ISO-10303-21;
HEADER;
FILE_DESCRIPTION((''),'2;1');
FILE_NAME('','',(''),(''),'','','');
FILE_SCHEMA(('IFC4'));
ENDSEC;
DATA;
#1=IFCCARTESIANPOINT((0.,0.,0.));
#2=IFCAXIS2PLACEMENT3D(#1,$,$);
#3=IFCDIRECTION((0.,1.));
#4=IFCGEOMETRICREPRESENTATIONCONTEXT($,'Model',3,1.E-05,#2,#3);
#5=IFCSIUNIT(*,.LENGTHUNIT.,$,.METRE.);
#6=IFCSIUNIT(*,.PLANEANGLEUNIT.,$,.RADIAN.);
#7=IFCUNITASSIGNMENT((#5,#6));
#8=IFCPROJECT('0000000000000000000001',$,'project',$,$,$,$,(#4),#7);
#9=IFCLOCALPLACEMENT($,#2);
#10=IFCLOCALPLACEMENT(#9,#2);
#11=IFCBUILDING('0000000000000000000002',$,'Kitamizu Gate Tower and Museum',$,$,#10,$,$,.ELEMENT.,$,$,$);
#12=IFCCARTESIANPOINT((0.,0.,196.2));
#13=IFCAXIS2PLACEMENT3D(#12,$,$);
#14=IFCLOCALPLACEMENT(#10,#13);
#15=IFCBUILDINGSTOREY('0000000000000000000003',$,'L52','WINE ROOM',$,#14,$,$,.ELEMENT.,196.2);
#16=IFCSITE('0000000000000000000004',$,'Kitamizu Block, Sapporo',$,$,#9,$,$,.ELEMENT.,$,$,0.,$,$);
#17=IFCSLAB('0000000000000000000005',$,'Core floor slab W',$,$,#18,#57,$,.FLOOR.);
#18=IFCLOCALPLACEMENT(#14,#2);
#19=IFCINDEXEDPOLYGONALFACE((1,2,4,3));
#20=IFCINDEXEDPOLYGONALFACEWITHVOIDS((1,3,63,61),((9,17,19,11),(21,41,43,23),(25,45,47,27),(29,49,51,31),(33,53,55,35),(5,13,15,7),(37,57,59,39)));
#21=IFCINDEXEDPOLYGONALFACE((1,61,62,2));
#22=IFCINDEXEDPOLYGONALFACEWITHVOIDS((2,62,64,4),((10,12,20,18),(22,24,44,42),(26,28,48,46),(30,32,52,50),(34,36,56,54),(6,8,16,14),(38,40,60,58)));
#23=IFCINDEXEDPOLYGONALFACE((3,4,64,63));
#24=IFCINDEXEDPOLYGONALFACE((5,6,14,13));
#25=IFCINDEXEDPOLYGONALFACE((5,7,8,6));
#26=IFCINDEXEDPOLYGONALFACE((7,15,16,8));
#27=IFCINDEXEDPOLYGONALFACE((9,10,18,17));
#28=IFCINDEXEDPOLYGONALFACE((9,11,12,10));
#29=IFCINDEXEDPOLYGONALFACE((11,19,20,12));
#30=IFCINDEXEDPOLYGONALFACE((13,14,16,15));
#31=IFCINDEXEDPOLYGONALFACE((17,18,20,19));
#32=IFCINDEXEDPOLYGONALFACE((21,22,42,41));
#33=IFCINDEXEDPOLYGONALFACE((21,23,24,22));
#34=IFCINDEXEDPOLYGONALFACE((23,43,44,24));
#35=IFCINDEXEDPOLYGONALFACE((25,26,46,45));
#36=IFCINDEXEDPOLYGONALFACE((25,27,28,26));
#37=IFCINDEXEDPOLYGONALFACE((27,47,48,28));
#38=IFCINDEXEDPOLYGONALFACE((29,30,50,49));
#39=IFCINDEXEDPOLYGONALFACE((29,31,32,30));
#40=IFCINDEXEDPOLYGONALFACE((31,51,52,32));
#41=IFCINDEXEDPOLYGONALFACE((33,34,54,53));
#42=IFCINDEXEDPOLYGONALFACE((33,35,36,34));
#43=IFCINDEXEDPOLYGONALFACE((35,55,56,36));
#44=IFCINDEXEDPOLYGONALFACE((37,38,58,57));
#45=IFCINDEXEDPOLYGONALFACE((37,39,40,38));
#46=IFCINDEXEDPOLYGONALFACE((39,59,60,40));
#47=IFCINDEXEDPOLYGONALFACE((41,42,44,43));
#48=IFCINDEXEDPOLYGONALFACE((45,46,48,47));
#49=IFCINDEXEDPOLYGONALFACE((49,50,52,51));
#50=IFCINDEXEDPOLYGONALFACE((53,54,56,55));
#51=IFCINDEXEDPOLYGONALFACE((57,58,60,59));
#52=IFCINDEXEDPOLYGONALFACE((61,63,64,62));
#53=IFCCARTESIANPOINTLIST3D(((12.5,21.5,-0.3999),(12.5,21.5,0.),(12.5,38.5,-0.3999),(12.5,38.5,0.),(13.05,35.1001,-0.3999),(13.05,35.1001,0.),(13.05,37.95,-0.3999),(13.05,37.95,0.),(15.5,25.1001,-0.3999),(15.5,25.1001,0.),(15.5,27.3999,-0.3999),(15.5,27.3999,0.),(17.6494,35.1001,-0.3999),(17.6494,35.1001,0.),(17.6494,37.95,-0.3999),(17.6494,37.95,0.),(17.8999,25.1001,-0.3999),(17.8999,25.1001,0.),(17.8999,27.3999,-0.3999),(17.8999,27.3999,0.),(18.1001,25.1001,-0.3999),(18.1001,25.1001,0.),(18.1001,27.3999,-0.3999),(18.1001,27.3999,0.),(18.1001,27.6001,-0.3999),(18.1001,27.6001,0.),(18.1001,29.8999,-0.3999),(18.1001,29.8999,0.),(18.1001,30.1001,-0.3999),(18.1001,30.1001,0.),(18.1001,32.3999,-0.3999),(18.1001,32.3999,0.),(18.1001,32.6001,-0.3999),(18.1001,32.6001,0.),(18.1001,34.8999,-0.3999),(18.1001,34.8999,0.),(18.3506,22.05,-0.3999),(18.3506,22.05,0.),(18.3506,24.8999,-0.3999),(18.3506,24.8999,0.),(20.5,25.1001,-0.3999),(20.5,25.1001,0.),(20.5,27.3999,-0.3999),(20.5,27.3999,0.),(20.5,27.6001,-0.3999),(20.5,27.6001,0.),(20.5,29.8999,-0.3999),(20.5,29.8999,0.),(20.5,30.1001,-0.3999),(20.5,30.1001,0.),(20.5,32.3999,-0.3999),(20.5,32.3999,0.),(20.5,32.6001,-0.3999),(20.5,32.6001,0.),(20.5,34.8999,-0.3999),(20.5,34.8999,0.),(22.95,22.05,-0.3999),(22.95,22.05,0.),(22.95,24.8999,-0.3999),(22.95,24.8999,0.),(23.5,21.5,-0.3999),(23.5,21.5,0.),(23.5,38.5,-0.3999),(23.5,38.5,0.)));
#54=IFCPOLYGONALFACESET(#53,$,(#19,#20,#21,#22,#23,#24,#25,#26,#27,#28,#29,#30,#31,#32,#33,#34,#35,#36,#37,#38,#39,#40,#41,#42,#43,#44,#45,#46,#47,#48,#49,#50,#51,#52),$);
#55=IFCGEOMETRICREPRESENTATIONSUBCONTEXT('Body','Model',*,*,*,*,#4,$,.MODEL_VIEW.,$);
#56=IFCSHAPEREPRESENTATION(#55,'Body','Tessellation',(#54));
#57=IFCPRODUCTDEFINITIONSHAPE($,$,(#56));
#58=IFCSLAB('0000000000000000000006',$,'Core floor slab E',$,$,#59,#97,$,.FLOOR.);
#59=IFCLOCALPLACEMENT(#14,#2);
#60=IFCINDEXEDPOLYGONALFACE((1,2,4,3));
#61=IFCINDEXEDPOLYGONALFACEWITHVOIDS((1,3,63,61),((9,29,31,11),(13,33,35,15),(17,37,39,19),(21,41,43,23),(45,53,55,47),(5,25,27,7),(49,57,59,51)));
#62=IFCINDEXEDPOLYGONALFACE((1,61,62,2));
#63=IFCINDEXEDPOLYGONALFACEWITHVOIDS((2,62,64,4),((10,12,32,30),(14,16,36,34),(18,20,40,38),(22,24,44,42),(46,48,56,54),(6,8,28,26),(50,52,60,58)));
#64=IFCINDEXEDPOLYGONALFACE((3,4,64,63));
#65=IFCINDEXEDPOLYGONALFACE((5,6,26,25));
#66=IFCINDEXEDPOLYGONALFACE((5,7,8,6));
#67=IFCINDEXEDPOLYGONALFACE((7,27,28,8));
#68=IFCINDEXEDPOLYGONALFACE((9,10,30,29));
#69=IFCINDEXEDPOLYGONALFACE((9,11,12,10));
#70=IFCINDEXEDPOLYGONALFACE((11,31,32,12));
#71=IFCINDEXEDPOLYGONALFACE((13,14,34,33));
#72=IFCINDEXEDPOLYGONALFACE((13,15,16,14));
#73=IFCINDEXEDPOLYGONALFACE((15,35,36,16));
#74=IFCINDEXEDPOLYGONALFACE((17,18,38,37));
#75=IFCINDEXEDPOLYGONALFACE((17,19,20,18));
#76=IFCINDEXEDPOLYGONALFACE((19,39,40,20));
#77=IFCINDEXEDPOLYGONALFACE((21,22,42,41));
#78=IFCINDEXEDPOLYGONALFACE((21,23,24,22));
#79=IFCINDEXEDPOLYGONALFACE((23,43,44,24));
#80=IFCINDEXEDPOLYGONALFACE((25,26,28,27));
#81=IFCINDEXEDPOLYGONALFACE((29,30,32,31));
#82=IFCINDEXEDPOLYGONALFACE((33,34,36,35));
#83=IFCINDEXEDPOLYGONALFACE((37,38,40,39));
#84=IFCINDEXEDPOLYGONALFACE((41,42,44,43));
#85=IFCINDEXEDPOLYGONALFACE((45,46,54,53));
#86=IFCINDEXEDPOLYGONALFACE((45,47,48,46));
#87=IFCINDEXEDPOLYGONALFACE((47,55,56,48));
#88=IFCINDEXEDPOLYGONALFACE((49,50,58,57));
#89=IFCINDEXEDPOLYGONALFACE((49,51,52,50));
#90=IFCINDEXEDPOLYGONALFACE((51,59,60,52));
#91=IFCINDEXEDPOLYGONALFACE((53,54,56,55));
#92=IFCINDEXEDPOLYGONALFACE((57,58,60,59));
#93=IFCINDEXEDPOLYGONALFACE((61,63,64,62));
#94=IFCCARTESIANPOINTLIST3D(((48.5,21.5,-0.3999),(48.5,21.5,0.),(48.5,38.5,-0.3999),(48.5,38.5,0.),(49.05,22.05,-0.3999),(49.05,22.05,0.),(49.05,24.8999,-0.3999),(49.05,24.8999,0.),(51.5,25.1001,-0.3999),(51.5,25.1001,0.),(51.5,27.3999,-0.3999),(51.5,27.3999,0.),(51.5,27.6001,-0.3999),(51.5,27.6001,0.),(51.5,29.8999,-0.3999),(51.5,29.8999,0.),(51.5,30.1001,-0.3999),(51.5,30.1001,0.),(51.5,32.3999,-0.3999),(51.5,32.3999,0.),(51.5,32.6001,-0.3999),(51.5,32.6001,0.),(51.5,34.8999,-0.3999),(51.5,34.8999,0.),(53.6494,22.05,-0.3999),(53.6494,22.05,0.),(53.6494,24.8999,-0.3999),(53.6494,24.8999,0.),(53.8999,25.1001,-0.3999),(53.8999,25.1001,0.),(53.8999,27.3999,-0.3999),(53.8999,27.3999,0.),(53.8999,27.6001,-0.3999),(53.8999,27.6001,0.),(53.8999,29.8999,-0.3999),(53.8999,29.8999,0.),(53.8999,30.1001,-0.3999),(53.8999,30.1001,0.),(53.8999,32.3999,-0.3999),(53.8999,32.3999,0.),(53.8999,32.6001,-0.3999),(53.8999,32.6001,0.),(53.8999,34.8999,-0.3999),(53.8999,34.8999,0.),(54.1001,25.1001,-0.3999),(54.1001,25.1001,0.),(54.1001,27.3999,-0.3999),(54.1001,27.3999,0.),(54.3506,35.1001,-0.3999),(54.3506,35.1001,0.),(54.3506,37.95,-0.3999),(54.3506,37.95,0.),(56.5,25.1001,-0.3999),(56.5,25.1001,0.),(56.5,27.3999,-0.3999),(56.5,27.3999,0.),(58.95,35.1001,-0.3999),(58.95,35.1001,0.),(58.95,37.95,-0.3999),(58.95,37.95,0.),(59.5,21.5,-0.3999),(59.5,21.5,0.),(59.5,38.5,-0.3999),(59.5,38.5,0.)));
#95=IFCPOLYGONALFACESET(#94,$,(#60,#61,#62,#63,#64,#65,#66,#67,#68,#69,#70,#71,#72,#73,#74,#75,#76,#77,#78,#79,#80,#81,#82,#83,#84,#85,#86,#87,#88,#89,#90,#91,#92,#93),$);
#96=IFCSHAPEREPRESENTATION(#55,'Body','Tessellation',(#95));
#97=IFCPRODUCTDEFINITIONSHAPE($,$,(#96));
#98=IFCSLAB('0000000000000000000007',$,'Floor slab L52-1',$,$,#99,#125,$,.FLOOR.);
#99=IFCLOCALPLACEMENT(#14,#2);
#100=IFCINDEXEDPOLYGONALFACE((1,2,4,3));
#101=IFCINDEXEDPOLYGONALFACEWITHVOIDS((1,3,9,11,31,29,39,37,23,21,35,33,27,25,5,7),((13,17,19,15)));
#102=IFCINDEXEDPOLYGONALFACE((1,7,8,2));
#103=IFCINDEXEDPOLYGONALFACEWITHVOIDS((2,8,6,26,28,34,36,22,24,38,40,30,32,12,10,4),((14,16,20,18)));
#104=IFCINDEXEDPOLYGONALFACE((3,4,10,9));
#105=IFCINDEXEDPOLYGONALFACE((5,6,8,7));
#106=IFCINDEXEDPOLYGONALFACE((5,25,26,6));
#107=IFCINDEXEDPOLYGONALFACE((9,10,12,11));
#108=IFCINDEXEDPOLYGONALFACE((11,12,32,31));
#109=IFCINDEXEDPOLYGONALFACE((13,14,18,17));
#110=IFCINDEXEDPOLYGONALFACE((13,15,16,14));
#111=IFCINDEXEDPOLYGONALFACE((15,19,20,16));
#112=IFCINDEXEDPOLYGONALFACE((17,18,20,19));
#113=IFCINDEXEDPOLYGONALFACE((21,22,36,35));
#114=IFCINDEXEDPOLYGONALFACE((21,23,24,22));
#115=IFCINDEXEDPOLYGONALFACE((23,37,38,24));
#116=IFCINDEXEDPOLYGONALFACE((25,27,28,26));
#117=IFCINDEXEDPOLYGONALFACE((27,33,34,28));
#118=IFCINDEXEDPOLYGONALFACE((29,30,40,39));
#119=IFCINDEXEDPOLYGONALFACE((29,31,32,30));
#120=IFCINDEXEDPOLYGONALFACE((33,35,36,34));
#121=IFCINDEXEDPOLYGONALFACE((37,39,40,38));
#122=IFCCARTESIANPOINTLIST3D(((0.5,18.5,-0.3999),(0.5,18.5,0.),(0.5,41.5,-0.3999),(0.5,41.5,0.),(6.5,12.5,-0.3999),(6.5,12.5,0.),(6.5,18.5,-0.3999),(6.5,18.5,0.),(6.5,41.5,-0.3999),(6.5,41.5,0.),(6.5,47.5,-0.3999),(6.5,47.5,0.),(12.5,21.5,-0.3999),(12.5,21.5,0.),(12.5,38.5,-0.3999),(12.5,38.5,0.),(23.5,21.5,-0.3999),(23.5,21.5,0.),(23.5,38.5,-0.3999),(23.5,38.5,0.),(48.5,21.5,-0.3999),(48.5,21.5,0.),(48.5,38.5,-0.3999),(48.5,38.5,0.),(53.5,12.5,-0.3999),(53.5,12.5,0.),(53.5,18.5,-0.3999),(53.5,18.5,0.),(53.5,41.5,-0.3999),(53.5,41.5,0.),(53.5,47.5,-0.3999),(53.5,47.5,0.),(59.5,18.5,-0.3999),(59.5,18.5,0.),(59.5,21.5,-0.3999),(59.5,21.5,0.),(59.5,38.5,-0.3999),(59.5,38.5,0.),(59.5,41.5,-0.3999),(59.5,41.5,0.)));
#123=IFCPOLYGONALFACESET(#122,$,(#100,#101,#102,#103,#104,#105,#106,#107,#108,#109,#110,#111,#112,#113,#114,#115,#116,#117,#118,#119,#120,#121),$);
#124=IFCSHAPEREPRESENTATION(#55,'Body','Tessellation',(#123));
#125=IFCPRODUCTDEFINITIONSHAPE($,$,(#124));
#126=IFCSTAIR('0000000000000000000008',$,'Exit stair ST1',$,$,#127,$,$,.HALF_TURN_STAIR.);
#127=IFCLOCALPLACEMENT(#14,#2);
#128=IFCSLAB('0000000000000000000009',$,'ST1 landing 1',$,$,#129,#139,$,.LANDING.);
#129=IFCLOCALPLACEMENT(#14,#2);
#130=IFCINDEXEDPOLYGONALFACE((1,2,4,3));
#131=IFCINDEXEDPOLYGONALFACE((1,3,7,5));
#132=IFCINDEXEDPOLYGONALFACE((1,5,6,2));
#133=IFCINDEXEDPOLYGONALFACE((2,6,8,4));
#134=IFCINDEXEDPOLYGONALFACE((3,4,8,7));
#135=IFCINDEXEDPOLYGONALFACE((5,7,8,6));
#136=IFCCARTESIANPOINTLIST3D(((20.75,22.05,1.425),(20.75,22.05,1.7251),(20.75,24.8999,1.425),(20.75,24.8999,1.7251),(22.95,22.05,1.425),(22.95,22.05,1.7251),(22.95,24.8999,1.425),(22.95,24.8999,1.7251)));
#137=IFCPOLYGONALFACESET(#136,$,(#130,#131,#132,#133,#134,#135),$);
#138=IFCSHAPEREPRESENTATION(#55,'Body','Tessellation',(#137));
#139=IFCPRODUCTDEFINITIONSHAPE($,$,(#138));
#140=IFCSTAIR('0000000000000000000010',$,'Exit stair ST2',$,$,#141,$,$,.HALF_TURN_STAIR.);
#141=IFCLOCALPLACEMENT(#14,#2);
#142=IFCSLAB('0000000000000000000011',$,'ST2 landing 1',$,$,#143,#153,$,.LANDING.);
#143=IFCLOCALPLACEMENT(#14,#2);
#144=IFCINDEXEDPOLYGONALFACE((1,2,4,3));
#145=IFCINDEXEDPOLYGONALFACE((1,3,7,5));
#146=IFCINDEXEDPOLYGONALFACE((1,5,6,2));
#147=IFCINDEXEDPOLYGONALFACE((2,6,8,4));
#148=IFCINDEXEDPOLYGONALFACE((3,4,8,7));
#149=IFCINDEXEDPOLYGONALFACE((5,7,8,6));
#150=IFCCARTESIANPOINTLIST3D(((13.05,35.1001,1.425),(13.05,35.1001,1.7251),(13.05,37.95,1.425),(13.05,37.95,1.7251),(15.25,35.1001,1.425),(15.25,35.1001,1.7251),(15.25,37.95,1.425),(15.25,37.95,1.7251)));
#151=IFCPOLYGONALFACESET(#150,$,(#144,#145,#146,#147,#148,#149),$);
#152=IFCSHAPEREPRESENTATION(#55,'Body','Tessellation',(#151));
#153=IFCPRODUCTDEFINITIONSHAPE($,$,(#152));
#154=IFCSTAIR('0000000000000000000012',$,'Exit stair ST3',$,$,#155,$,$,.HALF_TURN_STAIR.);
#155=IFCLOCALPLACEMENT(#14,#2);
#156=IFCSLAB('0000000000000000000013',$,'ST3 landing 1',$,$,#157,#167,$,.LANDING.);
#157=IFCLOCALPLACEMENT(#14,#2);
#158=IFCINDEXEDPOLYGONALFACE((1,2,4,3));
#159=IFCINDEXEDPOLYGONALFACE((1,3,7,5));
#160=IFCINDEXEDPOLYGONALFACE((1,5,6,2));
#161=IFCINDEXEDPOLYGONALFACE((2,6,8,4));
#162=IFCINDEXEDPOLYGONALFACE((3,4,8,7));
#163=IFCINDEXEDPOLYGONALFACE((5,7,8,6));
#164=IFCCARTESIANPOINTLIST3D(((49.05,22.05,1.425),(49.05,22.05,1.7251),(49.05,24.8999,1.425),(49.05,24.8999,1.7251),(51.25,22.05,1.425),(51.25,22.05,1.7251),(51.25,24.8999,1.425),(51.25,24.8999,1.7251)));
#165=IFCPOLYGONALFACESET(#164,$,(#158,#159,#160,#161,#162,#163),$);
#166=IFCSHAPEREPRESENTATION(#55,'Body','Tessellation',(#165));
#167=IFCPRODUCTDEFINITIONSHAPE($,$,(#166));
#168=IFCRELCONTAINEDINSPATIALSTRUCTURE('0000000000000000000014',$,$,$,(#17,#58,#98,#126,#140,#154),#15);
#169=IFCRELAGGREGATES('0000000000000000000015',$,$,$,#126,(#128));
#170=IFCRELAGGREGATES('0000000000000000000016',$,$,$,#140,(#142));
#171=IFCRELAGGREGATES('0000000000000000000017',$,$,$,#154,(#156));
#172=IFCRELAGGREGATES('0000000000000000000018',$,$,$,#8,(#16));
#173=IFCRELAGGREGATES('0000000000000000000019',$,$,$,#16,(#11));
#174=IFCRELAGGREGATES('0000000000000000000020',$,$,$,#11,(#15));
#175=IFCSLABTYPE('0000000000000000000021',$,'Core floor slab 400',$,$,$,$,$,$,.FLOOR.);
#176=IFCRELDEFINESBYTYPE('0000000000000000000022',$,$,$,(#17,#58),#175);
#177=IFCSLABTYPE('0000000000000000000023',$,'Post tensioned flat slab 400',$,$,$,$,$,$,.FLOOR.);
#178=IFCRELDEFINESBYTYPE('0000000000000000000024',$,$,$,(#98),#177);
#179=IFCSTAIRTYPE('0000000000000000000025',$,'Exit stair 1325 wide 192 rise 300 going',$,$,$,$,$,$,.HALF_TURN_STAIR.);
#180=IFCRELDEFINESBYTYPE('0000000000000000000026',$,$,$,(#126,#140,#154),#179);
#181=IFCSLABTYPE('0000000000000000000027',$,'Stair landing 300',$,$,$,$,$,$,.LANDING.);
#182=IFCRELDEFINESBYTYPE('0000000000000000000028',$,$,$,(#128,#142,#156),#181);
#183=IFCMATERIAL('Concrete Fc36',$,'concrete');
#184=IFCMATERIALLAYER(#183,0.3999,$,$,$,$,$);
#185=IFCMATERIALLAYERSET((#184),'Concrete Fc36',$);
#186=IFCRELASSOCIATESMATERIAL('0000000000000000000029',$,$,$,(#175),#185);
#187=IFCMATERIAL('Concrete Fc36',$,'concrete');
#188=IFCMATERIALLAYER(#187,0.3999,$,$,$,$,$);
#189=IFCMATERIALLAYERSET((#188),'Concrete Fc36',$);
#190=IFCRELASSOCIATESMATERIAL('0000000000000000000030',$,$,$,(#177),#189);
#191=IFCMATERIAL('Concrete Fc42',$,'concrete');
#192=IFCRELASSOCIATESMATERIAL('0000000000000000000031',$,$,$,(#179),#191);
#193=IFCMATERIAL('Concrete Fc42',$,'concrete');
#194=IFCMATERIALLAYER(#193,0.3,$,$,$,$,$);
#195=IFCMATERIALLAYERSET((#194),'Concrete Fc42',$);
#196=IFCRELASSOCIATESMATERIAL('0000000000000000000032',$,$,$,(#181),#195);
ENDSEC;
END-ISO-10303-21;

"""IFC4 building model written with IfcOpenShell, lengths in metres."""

from ifc_helpers import new_model, si_unit, direction, frame, origin, place, context, subcontext, project, spatial, polyline, outline, extrude, material, layer, layer_set, type_object, element, aggregate, save


model = new_model("IFC4")

# Units and contexts
model_context = context("Model", 3, precision=1e-05, world=origin(), true_north=direction((0.0, 1.0)))
body_context = subcontext(model_context, "Body", "Model", "MODEL_VIEW")
ifc_project = project(units=[si_unit("LENGTHUNIT", "METRE"), si_unit("PLANEANGLEUNIT", "RADIAN")], contexts=[model_context])

# Site, building, storey
site_placement = place(None, origin())
site = spatial("IfcSite", under=ifc_project, at=site_placement, Name="Kitamizu Block, Sapporo", CompositionType="ELEMENT", RefElevation=0.0)
building_placement = place(site_placement, origin())
building = spatial("IfcBuilding", under=site, at=building_placement, Name="Kitamizu Gate Tower and Museum", CompositionType="ELEMENT")
storey_placement = place(building_placement, frame((0.0, 0.0, 196.2)))
storey = spatial("IfcBuildingStorey", under=building, at=storey_placement, Name="L52", Description="WINE ROOM", CompositionType="ELEMENT", Elevation=196.2)

# Slabs
ifc_material_1 = material(Name="Concrete Fc36", Category="concrete")
ifc_layer_1 = layer(ifc_material_1, 0.3999)
ifc_layer_set_1 = layer_set([ifc_layer_1], Name="Concrete Fc36")
slab_type_1 = type_object("IfcSlabType", Name="Core floor slab 400", PredefinedType="FLOOR", material=ifc_layer_set_1)
slab_1_placement = place(storey_placement, frame((0.0, 0.0, -0.3999)))
element("IfcSlab", 1, at=slab_1_placement, inside=storey, type_object=slab_type_1, Name="Core floor slab W", PredefinedType="FLOOR", context=body_context, shape_type="SweptSolid", body=[
    extrude(outline(polyline([(12.5, 21.5), (23.5, 21.5), (23.5, 38.5), (12.5, 38.5), (12.5, 21.5)]), holes=[polyline([(15.5, 25.1001), (17.8999, 25.1001), (17.8999, 27.3999), (15.5, 27.3999), (15.5, 25.1001)]), polyline([(18.1001, 25.1001), (20.5, 25.1001), (20.5, 27.3999), (18.1001, 27.3999), (18.1001, 25.1001)]), polyline([(18.1001, 27.6001), (20.5, 27.6001), (20.5, 29.8999), (18.1001, 29.8999), (18.1001, 27.6001)]), polyline([(18.1001, 30.1001), (20.5, 30.1001), (20.5, 32.3999), (18.1001, 32.3999), (18.1001, 30.1001)]), polyline([(18.1001, 32.6001), (20.5, 32.6001), (20.5, 34.8999), (18.1001, 34.8999), (18.1001, 32.6001)]), polyline([(18.3506, 22.05), (22.95, 22.05), (22.95, 24.8999), (18.3506, 24.8999), (18.3506, 22.05)]), polyline([(13.05, 35.1001), (17.6494, 35.1001), (17.6494, 37.95), (13.05, 37.95), (13.05, 35.1001)])]), origin(), (0.0, 0.0, 1.0), 0.3999),
])
slab_2_placement = place(storey_placement, frame((0.0, 0.0, -0.3999)))
element("IfcSlab", 2, at=slab_2_placement, inside=storey, type_object=slab_type_1, Name="Core floor slab E", PredefinedType="FLOOR", context=body_context, shape_type="SweptSolid", body=[
    extrude(outline(polyline([(48.5, 21.5), (59.5, 21.5), (59.5, 38.5), (48.5, 38.5), (48.5, 21.5)]), holes=[polyline([(54.1001, 25.1001), (56.5, 25.1001), (56.5, 27.3999), (54.1001, 27.3999), (54.1001, 25.1001)]), polyline([(51.5, 25.1001), (53.8999, 25.1001), (53.8999, 27.3999), (51.5, 27.3999), (51.5, 25.1001)]), polyline([(51.5, 27.6001), (53.8999, 27.6001), (53.8999, 29.8999), (51.5, 29.8999), (51.5, 27.6001)]), polyline([(51.5, 30.1001), (53.8999, 30.1001), (53.8999, 32.3999), (51.5, 32.3999), (51.5, 30.1001)]), polyline([(51.5, 32.6001), (53.8999, 32.6001), (53.8999, 34.8999), (51.5, 34.8999), (51.5, 32.6001)]), polyline([(49.05, 22.05), (53.6494, 22.05), (53.6494, 24.8999), (49.05, 24.8999), (49.05, 22.05)]), polyline([(54.3506, 35.1001), (58.95, 35.1001), (58.95, 37.95), (54.3506, 37.95), (54.3506, 35.1001)])]), origin(), (0.0, 0.0, 1.0), 0.3999),
])
ifc_material_2 = material(Name="Concrete Fc36", Category="concrete")
ifc_layer_2 = layer(ifc_material_2, 0.3999)
ifc_layer_set_2 = layer_set([ifc_layer_2], Name="Concrete Fc36")
slab_type_2 = type_object("IfcSlabType", Name="Post tensioned flat slab 400", PredefinedType="FLOOR", material=ifc_layer_set_2)
slab_3_placement = place(storey_placement, frame((0.0, 0.0, -0.3999)))
element("IfcSlab", 3, at=slab_3_placement, inside=storey, type_object=slab_type_2, Name="Floor slab L52-1", PredefinedType="FLOOR", context=body_context, shape_type="SweptSolid", body=[
    extrude(outline(polyline([(0.5, 18.5), (0.5, 41.5), (6.5, 41.5), (6.5, 47.5), (53.5, 47.5), (53.5, 41.5), (59.5, 41.5), (59.5, 38.5), (48.5, 38.5), (48.5, 21.5), (59.5, 21.5), (59.5, 18.5), (53.5, 18.5), (53.5, 12.5), (6.5, 12.5), (6.5, 18.5), (0.5, 18.5)]), holes=[polyline([(12.5, 38.5), (12.5, 21.5), (23.5, 21.5), (23.5, 38.5), (12.5, 38.5)])]), origin(), (0.0, 0.0, 1.0), 0.3999),
])

# Stairs, slabs
ifc_material_3 = material(Name="Concrete Fc42", Category="concrete")
stair_type = type_object("IfcStairType", Name="Exit stair 1325 wide 192 rise 300 going", PredefinedType="HALF_TURN_STAIR", material=ifc_material_3)
stair_1_placement = place(storey_placement, origin())
stair_1 = element("IfcStair", 4, at=stair_1_placement, inside=storey, type_object=stair_type, Name="Exit stair ST1", PredefinedType="HALF_TURN_STAIR")
ifc_material_4 = material(Name="Concrete Fc42", Category="concrete")
ifc_layer_3 = layer(ifc_material_4, 0.3)
ifc_layer_set_3 = layer_set([ifc_layer_3], Name="Concrete Fc42")
slab_type_3 = type_object("IfcSlabType", Name="Stair landing 300", PredefinedType="LANDING", material=ifc_layer_set_3)
slab_4_placement = place(storey_placement, frame((0.0, 0.0, 1.425)))
slab_4 = element("IfcSlab", 5, at=slab_4_placement, type_object=slab_type_3, Name="ST1 landing 1", PredefinedType="LANDING", context=body_context, shape_type="SweptSolid", body=[
    extrude(outline(polyline([(20.75, 22.05), (22.95, 22.05), (22.95, 24.8999), (20.75, 24.8999), (20.75, 22.05)])), origin(), (0.0, 0.0, 1.0), 0.3),
])
aggregate(stair_1, [slab_4])
stair_2_placement = place(storey_placement, origin())
stair_2 = element("IfcStair", 6, at=stair_2_placement, inside=storey, type_object=stair_type, Name="Exit stair ST2", PredefinedType="HALF_TURN_STAIR")
slab_5_placement = place(storey_placement, frame((0.0, 0.0, 1.425)))
slab_5 = element("IfcSlab", 7, at=slab_5_placement, type_object=slab_type_3, Name="ST2 landing 1", PredefinedType="LANDING", context=body_context, shape_type="SweptSolid", body=[
    extrude(outline(polyline([(13.05, 35.1001), (15.25, 35.1001), (15.25, 37.95), (13.05, 37.95), (13.05, 35.1001)])), origin(), (0.0, 0.0, 1.0), 0.3),
])
aggregate(stair_2, [slab_5])
stair_3_placement = place(storey_placement, origin())
stair_3 = element("IfcStair", 8, at=stair_3_placement, inside=storey, type_object=stair_type, Name="Exit stair ST3", PredefinedType="HALF_TURN_STAIR")
slab_6_placement = place(storey_placement, frame((0.0, 0.0, 1.425)))
slab_6 = element("IfcSlab", 9, at=slab_6_placement, type_object=slab_type_3, Name="ST3 landing 1", PredefinedType="LANDING", context=body_context, shape_type="SweptSolid", body=[
    extrude(outline(polyline([(49.05, 22.05), (51.25, 22.05), (51.25, 24.8999), (49.05, 24.8999), (49.05, 22.05)])), origin(), (0.0, 0.0, 1.0), 0.3),
])
aggregate(stair_3, [slab_6])

save(model, "model.ifc")
